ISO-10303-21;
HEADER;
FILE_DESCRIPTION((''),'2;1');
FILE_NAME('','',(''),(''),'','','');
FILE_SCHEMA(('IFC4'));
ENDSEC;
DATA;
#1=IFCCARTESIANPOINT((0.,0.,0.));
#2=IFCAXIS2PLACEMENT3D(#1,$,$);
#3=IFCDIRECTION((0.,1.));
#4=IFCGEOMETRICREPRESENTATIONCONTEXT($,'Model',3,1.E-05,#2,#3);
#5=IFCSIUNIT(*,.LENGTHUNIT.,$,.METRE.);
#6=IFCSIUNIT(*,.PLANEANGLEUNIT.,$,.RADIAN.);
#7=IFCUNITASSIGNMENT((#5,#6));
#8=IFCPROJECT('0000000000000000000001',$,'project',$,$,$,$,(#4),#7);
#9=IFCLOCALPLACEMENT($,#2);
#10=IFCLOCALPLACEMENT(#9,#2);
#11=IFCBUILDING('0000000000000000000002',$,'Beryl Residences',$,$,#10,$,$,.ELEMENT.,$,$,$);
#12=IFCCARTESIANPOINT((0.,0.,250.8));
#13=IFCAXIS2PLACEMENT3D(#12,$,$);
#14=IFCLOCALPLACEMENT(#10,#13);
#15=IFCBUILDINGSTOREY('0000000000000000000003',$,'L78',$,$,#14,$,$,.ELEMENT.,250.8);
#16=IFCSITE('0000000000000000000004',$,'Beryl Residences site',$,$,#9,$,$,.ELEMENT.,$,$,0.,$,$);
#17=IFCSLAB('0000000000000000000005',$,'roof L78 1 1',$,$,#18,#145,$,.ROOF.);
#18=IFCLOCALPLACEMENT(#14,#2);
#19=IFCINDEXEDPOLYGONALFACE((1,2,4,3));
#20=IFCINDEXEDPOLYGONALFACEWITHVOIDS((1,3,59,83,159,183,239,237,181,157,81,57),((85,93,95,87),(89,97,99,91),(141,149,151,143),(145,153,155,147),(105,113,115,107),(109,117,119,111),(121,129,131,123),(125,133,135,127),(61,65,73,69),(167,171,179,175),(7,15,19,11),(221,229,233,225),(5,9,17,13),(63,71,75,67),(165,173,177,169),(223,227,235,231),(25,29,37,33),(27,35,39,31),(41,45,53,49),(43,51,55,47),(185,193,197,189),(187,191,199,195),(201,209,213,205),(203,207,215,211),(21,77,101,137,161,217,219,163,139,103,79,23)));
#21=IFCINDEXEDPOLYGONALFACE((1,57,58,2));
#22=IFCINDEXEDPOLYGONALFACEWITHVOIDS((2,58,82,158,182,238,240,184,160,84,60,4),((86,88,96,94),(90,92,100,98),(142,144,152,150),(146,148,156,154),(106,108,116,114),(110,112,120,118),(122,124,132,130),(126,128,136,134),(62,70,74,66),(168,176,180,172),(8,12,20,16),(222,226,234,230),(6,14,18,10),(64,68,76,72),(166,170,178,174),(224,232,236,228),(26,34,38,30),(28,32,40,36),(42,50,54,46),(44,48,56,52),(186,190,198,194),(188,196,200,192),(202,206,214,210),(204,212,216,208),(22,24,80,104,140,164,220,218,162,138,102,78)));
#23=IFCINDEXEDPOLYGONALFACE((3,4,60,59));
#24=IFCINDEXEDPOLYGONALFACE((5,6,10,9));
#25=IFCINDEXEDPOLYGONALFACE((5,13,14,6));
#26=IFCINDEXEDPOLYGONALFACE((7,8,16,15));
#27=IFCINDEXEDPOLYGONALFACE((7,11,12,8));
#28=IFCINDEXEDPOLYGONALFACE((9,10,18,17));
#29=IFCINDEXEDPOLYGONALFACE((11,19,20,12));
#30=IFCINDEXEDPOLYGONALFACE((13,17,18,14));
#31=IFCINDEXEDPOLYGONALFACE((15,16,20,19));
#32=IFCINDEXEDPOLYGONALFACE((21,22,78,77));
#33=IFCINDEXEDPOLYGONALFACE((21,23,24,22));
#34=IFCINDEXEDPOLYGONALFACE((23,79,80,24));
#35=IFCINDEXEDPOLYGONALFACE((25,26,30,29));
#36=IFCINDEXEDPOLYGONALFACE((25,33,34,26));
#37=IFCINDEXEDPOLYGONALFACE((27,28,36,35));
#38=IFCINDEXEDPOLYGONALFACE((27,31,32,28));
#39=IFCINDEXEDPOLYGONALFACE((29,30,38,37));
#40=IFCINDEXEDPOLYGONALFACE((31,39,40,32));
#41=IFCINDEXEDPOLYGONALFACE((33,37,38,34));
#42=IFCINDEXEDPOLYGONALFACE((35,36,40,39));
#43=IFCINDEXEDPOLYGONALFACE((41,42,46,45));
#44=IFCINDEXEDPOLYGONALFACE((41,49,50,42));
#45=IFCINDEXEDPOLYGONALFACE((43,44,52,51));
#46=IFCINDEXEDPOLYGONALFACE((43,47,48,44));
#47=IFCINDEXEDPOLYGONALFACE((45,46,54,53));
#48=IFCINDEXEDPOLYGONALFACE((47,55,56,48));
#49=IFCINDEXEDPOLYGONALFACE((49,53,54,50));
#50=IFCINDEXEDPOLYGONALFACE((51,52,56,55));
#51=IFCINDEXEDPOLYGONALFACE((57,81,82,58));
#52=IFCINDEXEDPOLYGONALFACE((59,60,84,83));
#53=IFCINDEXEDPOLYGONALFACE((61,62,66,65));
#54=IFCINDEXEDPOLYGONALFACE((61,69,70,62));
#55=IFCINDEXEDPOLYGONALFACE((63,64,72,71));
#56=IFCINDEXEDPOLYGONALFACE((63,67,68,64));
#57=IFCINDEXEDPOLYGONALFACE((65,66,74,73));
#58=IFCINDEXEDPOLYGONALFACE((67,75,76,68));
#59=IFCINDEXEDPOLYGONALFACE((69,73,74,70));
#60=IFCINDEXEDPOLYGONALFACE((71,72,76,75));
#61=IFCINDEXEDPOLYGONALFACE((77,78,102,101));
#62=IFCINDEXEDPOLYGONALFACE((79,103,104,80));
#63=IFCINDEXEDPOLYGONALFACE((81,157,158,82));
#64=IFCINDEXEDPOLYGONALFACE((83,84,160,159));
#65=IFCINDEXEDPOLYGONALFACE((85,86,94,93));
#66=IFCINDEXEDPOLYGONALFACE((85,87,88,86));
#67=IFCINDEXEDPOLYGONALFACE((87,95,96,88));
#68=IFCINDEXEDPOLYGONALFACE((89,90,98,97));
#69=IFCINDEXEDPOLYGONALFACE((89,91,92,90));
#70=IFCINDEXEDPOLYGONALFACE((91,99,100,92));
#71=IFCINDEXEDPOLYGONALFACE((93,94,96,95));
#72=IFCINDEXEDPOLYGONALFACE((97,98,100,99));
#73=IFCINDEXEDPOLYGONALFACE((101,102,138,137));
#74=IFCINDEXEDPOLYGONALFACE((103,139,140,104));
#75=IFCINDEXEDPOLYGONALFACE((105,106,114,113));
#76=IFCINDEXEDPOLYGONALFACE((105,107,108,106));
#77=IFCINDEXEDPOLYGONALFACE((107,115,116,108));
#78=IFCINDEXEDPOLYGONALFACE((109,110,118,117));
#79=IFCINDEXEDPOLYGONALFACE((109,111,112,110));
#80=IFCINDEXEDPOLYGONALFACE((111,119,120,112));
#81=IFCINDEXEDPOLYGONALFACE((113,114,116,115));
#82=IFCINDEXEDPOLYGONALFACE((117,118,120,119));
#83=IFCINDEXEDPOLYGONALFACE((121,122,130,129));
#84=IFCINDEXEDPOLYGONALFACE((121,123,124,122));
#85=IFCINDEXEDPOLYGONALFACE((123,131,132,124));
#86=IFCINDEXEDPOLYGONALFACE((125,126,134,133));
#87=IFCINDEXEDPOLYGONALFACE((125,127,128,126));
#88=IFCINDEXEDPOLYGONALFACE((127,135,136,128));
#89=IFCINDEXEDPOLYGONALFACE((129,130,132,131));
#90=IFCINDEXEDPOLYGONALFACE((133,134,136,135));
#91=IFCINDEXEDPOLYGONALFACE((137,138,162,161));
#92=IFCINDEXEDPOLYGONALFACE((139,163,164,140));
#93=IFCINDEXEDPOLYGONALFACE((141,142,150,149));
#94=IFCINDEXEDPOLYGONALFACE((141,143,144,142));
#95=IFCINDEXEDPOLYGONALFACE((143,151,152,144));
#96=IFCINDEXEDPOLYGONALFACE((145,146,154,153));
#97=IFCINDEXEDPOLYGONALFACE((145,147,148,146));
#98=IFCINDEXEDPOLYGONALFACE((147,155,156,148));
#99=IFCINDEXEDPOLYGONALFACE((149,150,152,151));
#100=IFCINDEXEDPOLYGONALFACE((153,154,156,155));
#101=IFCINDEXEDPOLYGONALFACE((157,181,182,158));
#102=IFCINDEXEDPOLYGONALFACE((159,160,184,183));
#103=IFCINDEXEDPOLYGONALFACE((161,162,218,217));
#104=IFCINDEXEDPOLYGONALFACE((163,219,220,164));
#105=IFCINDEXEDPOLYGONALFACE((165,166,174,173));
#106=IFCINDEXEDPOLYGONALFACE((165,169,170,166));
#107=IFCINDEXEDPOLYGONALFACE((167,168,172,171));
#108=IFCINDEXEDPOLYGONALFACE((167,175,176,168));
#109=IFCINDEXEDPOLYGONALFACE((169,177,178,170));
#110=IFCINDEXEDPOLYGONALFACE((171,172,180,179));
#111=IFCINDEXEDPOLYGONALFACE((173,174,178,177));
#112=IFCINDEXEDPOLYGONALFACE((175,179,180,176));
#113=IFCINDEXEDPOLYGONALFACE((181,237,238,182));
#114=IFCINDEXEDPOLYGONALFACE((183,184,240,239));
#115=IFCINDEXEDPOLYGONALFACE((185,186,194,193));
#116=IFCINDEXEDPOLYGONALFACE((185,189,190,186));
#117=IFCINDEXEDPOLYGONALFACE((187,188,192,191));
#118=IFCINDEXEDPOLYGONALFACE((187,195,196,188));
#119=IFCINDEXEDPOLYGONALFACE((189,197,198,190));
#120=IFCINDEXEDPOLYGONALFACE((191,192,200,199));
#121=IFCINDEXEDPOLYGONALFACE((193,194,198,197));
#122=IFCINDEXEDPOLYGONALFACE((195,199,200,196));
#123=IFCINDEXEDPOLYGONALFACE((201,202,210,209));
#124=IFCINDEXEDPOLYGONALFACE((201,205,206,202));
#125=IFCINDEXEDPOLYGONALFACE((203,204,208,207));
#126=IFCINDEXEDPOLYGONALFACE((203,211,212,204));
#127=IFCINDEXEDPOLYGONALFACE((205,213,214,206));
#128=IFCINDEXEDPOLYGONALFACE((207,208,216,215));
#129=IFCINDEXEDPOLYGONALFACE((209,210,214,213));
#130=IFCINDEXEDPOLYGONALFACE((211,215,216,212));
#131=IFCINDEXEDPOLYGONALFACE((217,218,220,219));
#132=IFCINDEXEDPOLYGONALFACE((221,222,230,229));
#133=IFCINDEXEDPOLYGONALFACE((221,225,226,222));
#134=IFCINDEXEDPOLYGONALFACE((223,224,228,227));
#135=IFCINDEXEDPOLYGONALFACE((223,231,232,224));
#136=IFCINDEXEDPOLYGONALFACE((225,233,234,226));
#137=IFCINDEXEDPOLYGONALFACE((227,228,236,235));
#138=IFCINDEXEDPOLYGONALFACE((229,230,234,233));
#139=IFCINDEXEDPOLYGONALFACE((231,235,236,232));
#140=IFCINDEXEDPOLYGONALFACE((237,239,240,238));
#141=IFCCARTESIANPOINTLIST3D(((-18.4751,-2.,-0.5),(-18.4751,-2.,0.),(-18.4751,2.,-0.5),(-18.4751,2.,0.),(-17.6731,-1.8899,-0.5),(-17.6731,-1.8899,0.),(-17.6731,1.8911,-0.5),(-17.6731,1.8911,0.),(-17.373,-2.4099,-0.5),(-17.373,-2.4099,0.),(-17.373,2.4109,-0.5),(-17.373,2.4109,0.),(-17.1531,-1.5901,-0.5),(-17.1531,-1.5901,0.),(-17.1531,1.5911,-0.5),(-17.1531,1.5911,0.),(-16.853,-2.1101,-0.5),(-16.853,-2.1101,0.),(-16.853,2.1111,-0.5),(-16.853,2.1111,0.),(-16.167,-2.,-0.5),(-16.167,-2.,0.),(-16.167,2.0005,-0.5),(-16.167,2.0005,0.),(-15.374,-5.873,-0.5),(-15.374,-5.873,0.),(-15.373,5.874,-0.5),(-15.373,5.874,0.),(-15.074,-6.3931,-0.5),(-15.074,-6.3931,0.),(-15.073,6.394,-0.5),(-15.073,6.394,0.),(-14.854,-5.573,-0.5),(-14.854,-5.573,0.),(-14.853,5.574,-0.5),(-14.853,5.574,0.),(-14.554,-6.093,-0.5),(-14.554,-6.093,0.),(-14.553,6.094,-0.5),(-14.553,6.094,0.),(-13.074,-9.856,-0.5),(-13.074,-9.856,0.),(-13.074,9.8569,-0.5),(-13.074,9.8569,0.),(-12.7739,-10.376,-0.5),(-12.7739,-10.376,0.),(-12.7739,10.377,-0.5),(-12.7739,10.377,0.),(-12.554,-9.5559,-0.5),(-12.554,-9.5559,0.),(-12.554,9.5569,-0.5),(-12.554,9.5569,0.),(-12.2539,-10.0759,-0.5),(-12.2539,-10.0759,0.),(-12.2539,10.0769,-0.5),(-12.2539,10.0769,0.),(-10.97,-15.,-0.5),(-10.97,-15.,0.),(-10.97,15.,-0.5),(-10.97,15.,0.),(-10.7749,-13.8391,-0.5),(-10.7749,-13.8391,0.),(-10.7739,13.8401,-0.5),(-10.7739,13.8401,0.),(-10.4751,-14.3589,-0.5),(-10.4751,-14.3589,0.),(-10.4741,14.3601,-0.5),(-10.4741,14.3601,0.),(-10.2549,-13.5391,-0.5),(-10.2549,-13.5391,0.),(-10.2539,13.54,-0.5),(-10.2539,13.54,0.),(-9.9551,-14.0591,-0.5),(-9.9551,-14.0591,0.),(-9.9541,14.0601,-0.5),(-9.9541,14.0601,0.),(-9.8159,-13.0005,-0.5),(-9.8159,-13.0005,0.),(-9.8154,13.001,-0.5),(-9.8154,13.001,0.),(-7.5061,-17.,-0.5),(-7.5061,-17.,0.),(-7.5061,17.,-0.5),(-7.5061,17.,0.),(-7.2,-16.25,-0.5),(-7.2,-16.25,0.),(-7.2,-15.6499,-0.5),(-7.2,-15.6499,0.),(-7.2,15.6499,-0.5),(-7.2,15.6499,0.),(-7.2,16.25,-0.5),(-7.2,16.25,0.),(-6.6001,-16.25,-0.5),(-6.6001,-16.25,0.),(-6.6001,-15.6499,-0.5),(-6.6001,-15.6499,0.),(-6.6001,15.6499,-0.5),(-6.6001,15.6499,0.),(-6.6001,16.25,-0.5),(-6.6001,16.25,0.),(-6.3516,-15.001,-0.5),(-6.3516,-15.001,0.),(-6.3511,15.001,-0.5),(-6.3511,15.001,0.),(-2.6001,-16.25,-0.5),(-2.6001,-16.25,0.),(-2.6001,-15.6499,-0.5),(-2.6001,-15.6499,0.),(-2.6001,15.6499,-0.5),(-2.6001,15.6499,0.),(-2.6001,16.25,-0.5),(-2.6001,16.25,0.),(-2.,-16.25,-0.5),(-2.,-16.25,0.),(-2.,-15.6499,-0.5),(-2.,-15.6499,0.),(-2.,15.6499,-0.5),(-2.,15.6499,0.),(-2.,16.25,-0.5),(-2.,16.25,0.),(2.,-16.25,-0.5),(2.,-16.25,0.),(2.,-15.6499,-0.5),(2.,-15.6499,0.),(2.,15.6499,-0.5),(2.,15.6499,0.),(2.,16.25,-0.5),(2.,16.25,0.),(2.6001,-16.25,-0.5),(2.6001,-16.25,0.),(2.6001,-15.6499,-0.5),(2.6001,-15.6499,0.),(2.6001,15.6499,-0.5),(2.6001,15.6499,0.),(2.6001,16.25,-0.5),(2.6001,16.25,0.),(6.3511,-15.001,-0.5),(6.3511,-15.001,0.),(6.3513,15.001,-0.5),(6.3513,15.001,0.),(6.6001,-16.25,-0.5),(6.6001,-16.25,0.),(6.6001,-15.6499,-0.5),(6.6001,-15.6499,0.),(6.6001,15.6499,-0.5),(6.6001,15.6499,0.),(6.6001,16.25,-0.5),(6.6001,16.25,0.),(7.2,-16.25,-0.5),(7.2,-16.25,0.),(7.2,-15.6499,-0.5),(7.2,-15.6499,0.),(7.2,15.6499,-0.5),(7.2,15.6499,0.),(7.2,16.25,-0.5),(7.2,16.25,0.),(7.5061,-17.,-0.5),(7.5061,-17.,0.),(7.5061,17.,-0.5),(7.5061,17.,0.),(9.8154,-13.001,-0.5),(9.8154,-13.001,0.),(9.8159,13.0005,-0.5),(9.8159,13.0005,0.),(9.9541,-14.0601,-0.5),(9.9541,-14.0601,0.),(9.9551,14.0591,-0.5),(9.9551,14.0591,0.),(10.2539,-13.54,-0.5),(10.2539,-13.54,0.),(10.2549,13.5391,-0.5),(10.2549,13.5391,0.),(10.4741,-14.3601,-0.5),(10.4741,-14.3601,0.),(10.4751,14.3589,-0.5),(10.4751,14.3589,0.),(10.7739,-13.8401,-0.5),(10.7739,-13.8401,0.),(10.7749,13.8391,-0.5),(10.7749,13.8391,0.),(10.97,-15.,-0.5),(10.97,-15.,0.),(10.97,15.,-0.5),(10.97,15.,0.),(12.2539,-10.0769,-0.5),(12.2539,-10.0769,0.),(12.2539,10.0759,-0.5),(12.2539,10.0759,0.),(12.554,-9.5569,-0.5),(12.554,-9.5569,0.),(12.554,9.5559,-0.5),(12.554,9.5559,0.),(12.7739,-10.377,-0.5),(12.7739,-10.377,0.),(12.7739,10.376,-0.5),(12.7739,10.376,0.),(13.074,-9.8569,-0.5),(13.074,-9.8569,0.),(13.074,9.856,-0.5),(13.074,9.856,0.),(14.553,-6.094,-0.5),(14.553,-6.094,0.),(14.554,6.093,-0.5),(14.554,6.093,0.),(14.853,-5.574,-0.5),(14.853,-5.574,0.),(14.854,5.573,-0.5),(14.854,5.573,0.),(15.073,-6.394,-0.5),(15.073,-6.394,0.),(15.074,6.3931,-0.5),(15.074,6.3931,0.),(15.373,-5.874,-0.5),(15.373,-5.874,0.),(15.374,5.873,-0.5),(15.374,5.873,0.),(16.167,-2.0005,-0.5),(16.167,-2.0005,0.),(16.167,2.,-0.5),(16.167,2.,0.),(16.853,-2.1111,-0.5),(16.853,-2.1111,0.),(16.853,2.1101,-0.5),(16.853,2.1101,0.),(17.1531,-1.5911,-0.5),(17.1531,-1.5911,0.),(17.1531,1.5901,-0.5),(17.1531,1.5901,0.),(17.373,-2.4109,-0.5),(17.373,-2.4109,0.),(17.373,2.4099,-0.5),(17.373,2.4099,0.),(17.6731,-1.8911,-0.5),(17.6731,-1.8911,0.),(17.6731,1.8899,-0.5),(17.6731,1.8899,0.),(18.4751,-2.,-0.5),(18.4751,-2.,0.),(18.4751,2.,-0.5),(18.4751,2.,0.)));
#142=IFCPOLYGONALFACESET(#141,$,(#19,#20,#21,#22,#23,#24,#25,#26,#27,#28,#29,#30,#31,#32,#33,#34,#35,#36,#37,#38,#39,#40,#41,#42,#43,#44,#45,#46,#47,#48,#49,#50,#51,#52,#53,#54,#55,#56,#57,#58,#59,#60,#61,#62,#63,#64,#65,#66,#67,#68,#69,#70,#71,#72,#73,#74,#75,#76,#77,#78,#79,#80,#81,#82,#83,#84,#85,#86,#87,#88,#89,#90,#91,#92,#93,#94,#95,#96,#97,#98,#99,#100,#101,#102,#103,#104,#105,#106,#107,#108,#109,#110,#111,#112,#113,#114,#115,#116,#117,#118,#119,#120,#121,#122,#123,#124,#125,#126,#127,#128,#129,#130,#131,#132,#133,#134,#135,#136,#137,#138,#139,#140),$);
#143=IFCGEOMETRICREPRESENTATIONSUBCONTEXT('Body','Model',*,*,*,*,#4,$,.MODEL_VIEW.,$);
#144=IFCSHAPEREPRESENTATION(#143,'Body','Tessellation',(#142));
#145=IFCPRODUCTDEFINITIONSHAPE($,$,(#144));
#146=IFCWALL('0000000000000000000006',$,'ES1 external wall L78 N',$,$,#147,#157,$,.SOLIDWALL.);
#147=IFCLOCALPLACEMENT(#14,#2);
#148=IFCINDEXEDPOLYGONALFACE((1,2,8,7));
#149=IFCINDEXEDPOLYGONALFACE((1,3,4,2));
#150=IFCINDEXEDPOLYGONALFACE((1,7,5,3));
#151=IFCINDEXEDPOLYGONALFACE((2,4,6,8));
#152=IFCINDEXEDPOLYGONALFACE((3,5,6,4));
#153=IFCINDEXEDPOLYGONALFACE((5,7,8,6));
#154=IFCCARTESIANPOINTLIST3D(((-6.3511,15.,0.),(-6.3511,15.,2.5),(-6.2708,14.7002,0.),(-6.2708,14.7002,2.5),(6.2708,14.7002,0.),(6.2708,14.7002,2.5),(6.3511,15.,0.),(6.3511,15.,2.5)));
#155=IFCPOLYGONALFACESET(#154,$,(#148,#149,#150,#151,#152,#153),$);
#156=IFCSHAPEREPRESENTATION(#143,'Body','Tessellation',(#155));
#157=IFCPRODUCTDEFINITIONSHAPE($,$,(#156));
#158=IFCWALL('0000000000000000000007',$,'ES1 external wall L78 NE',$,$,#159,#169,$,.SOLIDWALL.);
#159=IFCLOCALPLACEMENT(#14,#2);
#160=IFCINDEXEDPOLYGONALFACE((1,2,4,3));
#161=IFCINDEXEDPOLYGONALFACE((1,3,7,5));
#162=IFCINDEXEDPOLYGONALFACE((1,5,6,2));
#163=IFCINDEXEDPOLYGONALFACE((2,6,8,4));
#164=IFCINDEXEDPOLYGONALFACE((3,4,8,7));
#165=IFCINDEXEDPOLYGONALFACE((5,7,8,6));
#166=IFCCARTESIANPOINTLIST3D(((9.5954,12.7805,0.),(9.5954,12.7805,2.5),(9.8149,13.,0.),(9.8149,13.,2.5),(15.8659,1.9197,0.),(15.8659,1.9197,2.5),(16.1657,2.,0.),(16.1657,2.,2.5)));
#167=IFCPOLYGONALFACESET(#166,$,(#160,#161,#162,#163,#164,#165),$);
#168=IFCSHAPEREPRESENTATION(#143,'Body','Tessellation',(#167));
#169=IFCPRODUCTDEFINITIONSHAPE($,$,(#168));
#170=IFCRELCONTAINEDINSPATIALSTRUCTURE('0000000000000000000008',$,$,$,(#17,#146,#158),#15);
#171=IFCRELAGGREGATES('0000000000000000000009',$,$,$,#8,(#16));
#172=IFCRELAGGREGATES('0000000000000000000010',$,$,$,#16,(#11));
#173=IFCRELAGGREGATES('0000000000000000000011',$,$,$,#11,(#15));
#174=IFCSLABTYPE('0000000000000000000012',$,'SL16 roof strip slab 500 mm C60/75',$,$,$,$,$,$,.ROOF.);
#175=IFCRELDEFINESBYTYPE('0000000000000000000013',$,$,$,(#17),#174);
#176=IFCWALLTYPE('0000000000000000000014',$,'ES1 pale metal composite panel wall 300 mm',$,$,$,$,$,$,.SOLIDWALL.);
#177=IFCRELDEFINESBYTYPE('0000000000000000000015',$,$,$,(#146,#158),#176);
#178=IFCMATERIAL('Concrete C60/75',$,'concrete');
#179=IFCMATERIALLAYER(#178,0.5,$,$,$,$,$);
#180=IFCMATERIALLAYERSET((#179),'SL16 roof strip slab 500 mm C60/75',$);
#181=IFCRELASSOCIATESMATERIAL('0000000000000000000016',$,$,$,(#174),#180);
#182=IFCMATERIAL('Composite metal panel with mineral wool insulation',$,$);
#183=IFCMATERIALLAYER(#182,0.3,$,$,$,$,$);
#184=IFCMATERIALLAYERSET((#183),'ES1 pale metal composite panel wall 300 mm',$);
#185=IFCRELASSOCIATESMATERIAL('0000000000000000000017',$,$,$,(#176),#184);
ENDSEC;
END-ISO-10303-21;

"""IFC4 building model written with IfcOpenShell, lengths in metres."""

from ifc_helpers import new_model, si_unit, direction, frame, origin, place, context, subcontext, project, spatial, polyline, outline, extrude, material, layer, layer_set, type_object, element, save


model = new_model("IFC4")

# Units and contexts
model_context = context("Model", 3, precision=1e-05, world=origin(), true_north=direction((0.0, 1.0)))
body_context = subcontext(model_context, "Body", "Model", "MODEL_VIEW")
ifc_project = project(units=[si_unit("LENGTHUNIT", "METRE"), si_unit("PLANEANGLEUNIT", "RADIAN")], contexts=[model_context])

# Site, building, storey
site_placement = place(None, origin())
site = spatial("IfcSite", under=ifc_project, at=site_placement, Name="Beryl Residences site", CompositionType="ELEMENT", RefElevation=0.0)
building_placement = place(site_placement, origin())
building = spatial("IfcBuilding", under=site, at=building_placement, Name="Beryl Residences", CompositionType="ELEMENT")
storey_placement = place(building_placement, frame((0.0, 0.0, 250.8)))
storey = spatial("IfcBuildingStorey", under=building, at=storey_placement, Name="L78", CompositionType="ELEMENT", Elevation=250.8)

# Slab
ifc_material_1 = material(Name="Concrete C60/75", Category="concrete")
ifc_layer_1 = layer(ifc_material_1, 0.5)
ifc_layer_set_1 = layer_set([ifc_layer_1], Name="SL16 roof strip slab 500 mm C60/75")
slab_type = type_object("IfcSlabType", Name="SL16 roof strip slab 500 mm C60/75", PredefinedType="ROOF", material=ifc_layer_set_1)
slab_placement = place(storey_placement, frame((0.0, 0.0, -0.5)))
element("IfcSlab", 1, at=slab_placement, inside=storey, type_object=slab_type, Name="roof L78 1 1", PredefinedType="ROOF", context=body_context, shape_type="SweptSolid", body=[
    extrude(outline(polyline([(18.4751, -2.0), (10.97, -15.0), (7.5061, -17.0), (-7.5061, -17.0), (-10.97, -15.0), (-18.4751, -2.0), (-18.4751, 2.0), (-10.97, 15.0), (-7.5061, 17.0), (7.5061, 17.0), (10.97, 15.0), (18.4751, 2.0), (18.4751, -2.0)]), holes=[polyline([(17.6731, 1.8899), (17.373, 2.4099), (16.853, 2.1101), (17.1531, 1.5901), (17.6731, 1.8899)]), polyline([(17.1531, -1.5911), (16.853, -2.1111), (17.373, -2.4109), (17.6731, -1.8911), (17.1531, -1.5911)]), polyline([(6.3513, 15.001), (-6.3511, 15.001), (-9.8154, 13.001), (-16.167, 2.0005), (-16.167, -2.0), (-9.8159, -13.0005), (-6.3516, -15.001), (6.3511, -15.001), (9.8154, -13.001), (16.167, -2.0005), (16.167, 2.0), (9.8159, 13.0005), (6.3513, 15.001)]), polyline([(14.554, 6.093), (14.854, 5.573), (15.374, 5.873), (15.074, 6.3931), (14.554, 6.093)]), polyline([(14.853, -5.574), (14.553, -6.094), (15.073, -6.394), (15.373, -5.874), (14.853, -5.574)]), polyline([(12.554, -9.5569), (12.2539, -10.0769), (12.7739, -10.377), (13.074, -9.8569), (12.554, -9.5569)]), polyline([(12.2539, 10.0759), (12.554, 9.5559), (13.074, 9.856), (12.7739, 10.376), (12.2539, 10.0759)]), polyline([(9.9551, 14.0591), (10.2549, 13.5391), (10.7749, 13.8391), (10.4751, 14.3589), (9.9551, 14.0591)]), polyline([(10.2539, -13.54), (9.9541, -14.0601), (10.4741, -14.3601), (10.7739, -13.8401), (10.2539, -13.54)]), polyline([(7.2, -15.6499), (6.6001, -15.6499), (6.6001, -16.25), (7.2, -16.25), (7.2, -15.6499)]), polyline([(6.6001, 15.6499), (7.2, 15.6499), (7.2, 16.25), (6.6001, 16.25), (6.6001, 15.6499)]), polyline([(2.0, 15.6499), (2.6001, 15.6499), (2.6001, 16.25), (2.0, 16.25), (2.0, 15.6499)]), polyline([(2.0, -16.25), (2.6001, -16.25), (2.6001, -15.6499), (2.0, -15.6499), (2.0, -16.25)]), polyline([(-2.0, -15.6499), (-2.6001, -15.6499), (-2.6001, -16.25), (-2.0, -16.25), (-2.0, -15.6499)]), polyline([(-2.6001, 15.6499), (-2.0, 15.6499), (-2.0, 16.25), (-2.6001, 16.25), (-2.6001, 15.6499)]), polyline([(-7.2, 15.6499), (-6.6001, 15.6499), (-6.6001, 16.25), (-7.2, 16.25), (-7.2, 15.6499)]), polyline([(-7.2, -16.25), (-6.6001, -16.25), (-6.6001, -15.6499), (-7.2, -15.6499), (-7.2, -16.25)]), polyline([(-10.2539, 13.54), (-9.9541, 14.0601), (-10.4741, 14.3601), (-10.7739, 13.8401), (-10.2539, 13.54)]), polyline([(-9.9551, -14.0591), (-10.2549, -13.5391), (-10.7749, -13.8391), (-10.4751, -14.3589), (-9.9551, -14.0591)]), polyline([(-12.2539, -10.0759), (-12.554, -9.5559), (-13.074, -9.856), (-12.7739, -10.376), (-12.2539, -10.0759)]), polyline([(-12.554, 9.5569), (-12.2539, 10.0769), (-12.7739, 10.377), (-13.074, 9.8569), (-12.554, 9.5569)]), polyline([(-14.853, 5.574), (-14.553, 6.094), (-15.073, 6.394), (-15.373, 5.874), (-14.853, 5.574)]), polyline([(-14.554, -6.093), (-14.854, -5.573), (-15.374, -5.873), (-15.074, -6.3931), (-14.554, -6.093)]), polyline([(-17.373, 2.4109), (-17.6731, 1.8911), (-17.1531, 1.5911), (-16.853, 2.1111), (-17.373, 2.4109)]), polyline([(-16.853, -2.1101), (-17.1531, -1.5901), (-17.6731, -1.8899), (-17.373, -2.4099), (-16.853, -2.1101)])]), origin(), (0.0, 0.0, 1.0), 0.5),
])

# Walls
ifc_material_2 = material(Name="Composite metal panel with mineral wool insulation")
ifc_layer_2 = layer(ifc_material_2, 0.3)
ifc_layer_set_2 = layer_set([ifc_layer_2], Name="ES1 pale metal composite panel wall 300 mm")
wall_type_1 = type_object("IfcWallType", Name="ES1 pale metal composite panel wall 300 mm", PredefinedType="SOLIDWALL", material=ifc_layer_set_2)
wall_1_placement = place(storey_placement, frame((6.3511, 14.8501, 0.0), z_axis=(0.0, 0.0, 1.0), x_axis=(-1.0, 0.0, 0.0)))
element("IfcWall", 2, at=wall_1_placement, inside=storey, type_object=wall_type_1, Name="ES1 external wall L78 N", PredefinedType="SOLIDWALL", context=body_context, shape_type="SweptSolid", body=[
    extrude(outline(polyline([(0.0, -0.1499), (12.7021, -0.1499), (12.6218, 0.1499), (0.0803, 0.1499), (0.0, -0.1499)])), origin(), (0.0, 0.0, 1.0), 2.5),
])
wall_2_placement = place(storey_placement, frame((16.0359, 1.925, 0.0), z_axis=(0.0, 0.0, 1.0), x_axis=(-0.499999, 0.866026, 0.0)))
element("IfcWall", 3, at=wall_2_placement, inside=storey, type_object=wall_type_1, Name="ES1 external wall L78 NE", PredefinedType="SOLIDWALL", context=body_context, shape_type="SweptSolid", body=[
    extrude(outline(polyline([(0.0, -0.1499), (12.7017, -0.1499), (12.6213, 0.1499), (0.0803, 0.1499), (0.0, -0.1499)])), origin(), (0.0, 0.0, 1.0), 2.5),
])

save(model, "model.ifc")
